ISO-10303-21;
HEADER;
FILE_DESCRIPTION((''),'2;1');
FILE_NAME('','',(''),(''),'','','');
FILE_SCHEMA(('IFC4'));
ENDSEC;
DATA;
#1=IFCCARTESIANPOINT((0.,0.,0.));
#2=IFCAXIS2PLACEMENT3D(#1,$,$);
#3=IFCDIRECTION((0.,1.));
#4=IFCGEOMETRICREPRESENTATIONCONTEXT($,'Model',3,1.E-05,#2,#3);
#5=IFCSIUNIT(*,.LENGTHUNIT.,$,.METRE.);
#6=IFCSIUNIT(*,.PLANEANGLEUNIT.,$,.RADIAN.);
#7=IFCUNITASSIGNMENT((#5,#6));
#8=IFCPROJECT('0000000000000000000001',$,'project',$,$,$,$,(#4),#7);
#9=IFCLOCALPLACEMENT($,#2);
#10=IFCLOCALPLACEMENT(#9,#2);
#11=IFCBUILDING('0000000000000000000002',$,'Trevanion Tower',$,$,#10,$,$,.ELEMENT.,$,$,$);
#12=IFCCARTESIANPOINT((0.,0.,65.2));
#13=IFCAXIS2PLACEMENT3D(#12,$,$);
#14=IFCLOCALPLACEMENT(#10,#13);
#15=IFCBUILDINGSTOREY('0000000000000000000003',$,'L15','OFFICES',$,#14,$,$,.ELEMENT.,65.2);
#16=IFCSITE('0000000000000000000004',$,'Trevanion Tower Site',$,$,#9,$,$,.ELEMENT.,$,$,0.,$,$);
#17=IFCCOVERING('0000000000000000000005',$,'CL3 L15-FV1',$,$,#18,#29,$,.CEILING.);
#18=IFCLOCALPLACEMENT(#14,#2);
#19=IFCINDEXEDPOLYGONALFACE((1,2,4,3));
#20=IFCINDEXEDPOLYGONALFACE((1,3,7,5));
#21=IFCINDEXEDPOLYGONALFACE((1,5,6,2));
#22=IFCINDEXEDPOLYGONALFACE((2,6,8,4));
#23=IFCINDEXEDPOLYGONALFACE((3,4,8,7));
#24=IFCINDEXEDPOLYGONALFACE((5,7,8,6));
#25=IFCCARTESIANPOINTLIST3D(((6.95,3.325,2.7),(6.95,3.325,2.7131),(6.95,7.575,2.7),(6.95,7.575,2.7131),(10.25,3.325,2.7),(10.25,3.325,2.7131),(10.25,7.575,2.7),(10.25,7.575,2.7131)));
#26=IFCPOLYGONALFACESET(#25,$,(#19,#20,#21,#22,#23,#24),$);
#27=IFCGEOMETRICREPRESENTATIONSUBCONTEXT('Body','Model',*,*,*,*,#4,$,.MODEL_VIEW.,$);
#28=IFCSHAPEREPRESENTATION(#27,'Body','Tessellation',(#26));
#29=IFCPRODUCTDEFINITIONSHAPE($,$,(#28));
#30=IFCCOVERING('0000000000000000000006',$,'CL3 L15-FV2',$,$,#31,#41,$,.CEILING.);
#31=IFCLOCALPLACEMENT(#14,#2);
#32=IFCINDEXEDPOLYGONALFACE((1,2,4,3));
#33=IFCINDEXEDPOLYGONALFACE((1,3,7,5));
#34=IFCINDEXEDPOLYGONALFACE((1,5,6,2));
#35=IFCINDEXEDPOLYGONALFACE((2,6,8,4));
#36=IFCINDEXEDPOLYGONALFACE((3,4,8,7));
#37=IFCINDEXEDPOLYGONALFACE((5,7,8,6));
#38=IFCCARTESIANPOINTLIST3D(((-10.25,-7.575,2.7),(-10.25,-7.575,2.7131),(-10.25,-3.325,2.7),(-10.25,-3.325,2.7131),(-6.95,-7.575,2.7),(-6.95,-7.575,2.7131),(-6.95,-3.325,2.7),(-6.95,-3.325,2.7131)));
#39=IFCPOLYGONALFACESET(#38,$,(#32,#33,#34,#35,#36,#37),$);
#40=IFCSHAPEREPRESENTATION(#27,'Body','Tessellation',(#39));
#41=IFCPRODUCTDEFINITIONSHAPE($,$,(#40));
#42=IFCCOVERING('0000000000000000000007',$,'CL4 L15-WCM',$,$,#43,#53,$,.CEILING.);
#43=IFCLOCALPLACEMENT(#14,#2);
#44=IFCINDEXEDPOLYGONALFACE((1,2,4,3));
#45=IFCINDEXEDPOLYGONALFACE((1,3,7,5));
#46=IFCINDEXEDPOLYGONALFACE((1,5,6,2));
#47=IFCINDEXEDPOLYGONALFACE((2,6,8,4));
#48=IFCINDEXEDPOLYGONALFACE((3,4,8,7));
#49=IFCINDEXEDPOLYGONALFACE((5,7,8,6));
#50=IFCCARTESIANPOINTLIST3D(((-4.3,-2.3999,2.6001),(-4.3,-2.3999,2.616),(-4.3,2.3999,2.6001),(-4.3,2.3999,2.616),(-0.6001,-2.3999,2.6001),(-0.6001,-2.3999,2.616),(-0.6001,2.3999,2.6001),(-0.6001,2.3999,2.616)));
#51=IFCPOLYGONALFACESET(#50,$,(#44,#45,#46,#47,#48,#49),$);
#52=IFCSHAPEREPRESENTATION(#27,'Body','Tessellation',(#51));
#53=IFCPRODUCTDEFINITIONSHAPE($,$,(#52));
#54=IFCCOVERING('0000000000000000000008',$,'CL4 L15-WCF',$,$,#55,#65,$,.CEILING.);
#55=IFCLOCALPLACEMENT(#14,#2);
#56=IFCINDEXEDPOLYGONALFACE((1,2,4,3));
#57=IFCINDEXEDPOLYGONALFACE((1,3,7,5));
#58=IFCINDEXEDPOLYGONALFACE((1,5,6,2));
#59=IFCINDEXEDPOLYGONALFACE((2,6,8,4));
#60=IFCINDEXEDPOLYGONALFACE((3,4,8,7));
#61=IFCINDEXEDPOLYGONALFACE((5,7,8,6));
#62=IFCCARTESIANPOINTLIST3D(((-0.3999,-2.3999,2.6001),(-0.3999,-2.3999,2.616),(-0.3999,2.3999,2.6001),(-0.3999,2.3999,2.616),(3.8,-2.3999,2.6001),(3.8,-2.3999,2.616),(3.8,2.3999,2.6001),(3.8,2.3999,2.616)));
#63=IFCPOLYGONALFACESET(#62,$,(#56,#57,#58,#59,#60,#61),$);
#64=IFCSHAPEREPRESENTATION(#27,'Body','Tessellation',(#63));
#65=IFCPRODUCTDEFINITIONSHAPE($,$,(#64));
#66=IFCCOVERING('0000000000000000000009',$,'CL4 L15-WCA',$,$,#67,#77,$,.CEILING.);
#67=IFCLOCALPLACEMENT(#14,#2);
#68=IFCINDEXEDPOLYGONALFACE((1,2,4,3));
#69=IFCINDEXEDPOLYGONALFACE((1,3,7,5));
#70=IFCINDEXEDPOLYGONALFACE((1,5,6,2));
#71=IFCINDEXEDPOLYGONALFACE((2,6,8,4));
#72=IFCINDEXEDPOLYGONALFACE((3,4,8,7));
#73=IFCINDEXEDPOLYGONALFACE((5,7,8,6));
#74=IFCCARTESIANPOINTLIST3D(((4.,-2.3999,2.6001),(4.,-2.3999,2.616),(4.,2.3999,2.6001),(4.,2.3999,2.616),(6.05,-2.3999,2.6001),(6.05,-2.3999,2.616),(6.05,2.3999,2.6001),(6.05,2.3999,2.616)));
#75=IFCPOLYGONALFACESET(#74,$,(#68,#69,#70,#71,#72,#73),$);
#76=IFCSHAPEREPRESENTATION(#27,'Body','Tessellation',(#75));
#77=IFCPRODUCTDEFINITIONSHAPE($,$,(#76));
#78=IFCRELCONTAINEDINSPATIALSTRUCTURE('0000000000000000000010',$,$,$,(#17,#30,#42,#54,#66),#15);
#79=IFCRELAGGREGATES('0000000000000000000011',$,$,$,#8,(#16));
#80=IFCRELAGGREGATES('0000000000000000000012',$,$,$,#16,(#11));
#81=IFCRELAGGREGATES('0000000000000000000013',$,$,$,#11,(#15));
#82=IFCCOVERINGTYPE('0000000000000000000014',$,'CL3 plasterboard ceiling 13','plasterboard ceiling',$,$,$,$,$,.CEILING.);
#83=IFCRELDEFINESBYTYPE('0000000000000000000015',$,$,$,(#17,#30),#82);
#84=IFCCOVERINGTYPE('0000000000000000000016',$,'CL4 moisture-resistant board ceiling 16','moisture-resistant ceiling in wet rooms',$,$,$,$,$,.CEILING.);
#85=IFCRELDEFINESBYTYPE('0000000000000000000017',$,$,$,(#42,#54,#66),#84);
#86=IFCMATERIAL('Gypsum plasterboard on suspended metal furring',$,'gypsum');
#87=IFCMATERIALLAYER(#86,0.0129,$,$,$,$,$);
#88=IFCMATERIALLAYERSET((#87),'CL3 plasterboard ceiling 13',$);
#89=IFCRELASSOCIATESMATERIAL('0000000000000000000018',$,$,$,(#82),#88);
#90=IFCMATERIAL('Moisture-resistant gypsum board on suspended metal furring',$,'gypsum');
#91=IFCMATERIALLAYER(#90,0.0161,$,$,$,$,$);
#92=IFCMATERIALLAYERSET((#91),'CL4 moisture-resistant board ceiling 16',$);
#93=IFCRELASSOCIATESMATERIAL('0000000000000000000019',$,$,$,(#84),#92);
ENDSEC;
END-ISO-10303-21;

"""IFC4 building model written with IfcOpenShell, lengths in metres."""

from ifc_helpers import new_model, si_unit, direction, frame, origin, place, context, subcontext, project, spatial, polyline, outline, extrude, material, layer, layer_set, type_object, element, save


model = new_model("IFC4")

# Units and contexts
model_context = context("Model", 3, precision=1e-05, world=origin(), true_north=direction((0.0, 1.0)))
body_context = subcontext(model_context, "Body", "Model", "MODEL_VIEW")
ifc_project = project(units=[si_unit("LENGTHUNIT", "METRE"), si_unit("PLANEANGLEUNIT", "RADIAN")], contexts=[model_context])

# Site, building, storey
site_placement = place(None, origin())
site = spatial("IfcSite", under=ifc_project, at=site_placement, Name="Trevanion Tower Site", CompositionType="ELEMENT", RefElevation=0.0)
building_placement = place(site_placement, origin())
building = spatial("IfcBuilding", under=site, at=building_placement, Name="Trevanion Tower", CompositionType="ELEMENT")
storey_placement = place(building_placement, frame((0.0, 0.0, 65.2)))
storey = spatial("IfcBuildingStorey", under=building, at=storey_placement, Name="L15", Description="OFFICES", CompositionType="ELEMENT", Elevation=65.2)

# Coverings
ifc_material_1 = material(Name="Gypsum plasterboard on suspended metal furring", Category="gypsum")
ifc_layer_1 = layer(ifc_material_1, 0.0129)
ifc_layer_set_1 = layer_set([ifc_layer_1], Name="CL3 plasterboard ceiling 13")
covering_type_1 = type_object("IfcCoveringType", Name="CL3 plasterboard ceiling 13", Description="plasterboard ceiling", PredefinedType="CEILING", material=ifc_layer_set_1)
covering_1_placement = place(storey_placement, frame((0.0, 0.0, 2.7)))
element("IfcCovering", 1, at=covering_1_placement, inside=storey, type_object=covering_type_1, Name="CL3 L15-FV1", PredefinedType="CEILING", context=body_context, shape_type="SweptSolid", body=[
    extrude(outline(polyline([(10.25, 3.325), (10.25, 7.575), (6.95, 7.575), (6.95, 3.325), (10.25, 3.325)])), origin(), (0.0, 0.0, 1.0), 0.0132),
])
covering_2_placement = place(storey_placement, frame((0.0, 0.0, 2.7)))
element("IfcCovering", 2, at=covering_2_placement, inside=storey, type_object=covering_type_1, Name="CL3 L15-FV2", PredefinedType="CEILING", context=body_context, shape_type="SweptSolid", body=[
    extrude(outline(polyline([(-10.25, -3.325), (-10.25, -7.575), (-6.95, -7.575), (-6.95, -3.325), (-10.25, -3.325)])), origin(), (0.0, 0.0, 1.0), 0.0132),
])
ifc_material_2 = material(Name="Moisture-resistant gypsum board on suspended metal furring", Category="gypsum")
ifc_layer_2 = layer(ifc_material_2, 0.0161)
ifc_layer_set_2 = layer_set([ifc_layer_2], Name="CL4 moisture-resistant board ceiling 16")
covering_type_2 = type_object("IfcCoveringType", Name="CL4 moisture-resistant board ceiling 16", Description="moisture-resistant ceiling in wet rooms", PredefinedType="CEILING", material=ifc_layer_set_2)
covering_3_placement = place(storey_placement, frame((0.0, 0.0, 2.6001)))
element("IfcCovering", 3, at=covering_3_placement, inside=storey, type_object=covering_type_2, Name="CL4 L15-WCM", PredefinedType="CEILING", context=body_context, shape_type="SweptSolid", body=[
    extrude(outline(polyline([(-0.6001, -2.3999), (-0.6001, 2.3999), (-4.3, 2.3999), (-4.3, -2.3999), (-0.6001, -2.3999)])), origin(), (0.0, 0.0, 1.0), 0.0159),
])
covering_4_placement = place(storey_placement, frame((0.0, 0.0, 2.6001)))
element("IfcCovering", 4, at=covering_4_placement, inside=storey, type_object=covering_type_2, Name="CL4 L15-WCF", PredefinedType="CEILING", context=body_context, shape_type="SweptSolid", body=[
    extrude(outline(polyline([(3.8, -2.3999), (3.8, 2.3999), (-0.3999, 2.3999), (-0.3999, -2.3999), (3.8, -2.3999)])), origin(), (0.0, 0.0, 1.0), 0.0159),
])
covering_5_placement = place(storey_placement, frame((0.0, 0.0, 2.6001)))
element("IfcCovering", 5, at=covering_5_placement, inside=storey, type_object=covering_type_2, Name="CL4 L15-WCA", PredefinedType="CEILING", context=body_context, shape_type="SweptSolid", body=[
    extrude(outline(polyline([(6.05, -2.3999), (6.05, 2.3999), (4.0, 2.3999), (4.0, -2.3999), (6.05, -2.3999)])), origin(), (0.0, 0.0, 1.0), 0.0159),
])

save(model, "model.ifc")
